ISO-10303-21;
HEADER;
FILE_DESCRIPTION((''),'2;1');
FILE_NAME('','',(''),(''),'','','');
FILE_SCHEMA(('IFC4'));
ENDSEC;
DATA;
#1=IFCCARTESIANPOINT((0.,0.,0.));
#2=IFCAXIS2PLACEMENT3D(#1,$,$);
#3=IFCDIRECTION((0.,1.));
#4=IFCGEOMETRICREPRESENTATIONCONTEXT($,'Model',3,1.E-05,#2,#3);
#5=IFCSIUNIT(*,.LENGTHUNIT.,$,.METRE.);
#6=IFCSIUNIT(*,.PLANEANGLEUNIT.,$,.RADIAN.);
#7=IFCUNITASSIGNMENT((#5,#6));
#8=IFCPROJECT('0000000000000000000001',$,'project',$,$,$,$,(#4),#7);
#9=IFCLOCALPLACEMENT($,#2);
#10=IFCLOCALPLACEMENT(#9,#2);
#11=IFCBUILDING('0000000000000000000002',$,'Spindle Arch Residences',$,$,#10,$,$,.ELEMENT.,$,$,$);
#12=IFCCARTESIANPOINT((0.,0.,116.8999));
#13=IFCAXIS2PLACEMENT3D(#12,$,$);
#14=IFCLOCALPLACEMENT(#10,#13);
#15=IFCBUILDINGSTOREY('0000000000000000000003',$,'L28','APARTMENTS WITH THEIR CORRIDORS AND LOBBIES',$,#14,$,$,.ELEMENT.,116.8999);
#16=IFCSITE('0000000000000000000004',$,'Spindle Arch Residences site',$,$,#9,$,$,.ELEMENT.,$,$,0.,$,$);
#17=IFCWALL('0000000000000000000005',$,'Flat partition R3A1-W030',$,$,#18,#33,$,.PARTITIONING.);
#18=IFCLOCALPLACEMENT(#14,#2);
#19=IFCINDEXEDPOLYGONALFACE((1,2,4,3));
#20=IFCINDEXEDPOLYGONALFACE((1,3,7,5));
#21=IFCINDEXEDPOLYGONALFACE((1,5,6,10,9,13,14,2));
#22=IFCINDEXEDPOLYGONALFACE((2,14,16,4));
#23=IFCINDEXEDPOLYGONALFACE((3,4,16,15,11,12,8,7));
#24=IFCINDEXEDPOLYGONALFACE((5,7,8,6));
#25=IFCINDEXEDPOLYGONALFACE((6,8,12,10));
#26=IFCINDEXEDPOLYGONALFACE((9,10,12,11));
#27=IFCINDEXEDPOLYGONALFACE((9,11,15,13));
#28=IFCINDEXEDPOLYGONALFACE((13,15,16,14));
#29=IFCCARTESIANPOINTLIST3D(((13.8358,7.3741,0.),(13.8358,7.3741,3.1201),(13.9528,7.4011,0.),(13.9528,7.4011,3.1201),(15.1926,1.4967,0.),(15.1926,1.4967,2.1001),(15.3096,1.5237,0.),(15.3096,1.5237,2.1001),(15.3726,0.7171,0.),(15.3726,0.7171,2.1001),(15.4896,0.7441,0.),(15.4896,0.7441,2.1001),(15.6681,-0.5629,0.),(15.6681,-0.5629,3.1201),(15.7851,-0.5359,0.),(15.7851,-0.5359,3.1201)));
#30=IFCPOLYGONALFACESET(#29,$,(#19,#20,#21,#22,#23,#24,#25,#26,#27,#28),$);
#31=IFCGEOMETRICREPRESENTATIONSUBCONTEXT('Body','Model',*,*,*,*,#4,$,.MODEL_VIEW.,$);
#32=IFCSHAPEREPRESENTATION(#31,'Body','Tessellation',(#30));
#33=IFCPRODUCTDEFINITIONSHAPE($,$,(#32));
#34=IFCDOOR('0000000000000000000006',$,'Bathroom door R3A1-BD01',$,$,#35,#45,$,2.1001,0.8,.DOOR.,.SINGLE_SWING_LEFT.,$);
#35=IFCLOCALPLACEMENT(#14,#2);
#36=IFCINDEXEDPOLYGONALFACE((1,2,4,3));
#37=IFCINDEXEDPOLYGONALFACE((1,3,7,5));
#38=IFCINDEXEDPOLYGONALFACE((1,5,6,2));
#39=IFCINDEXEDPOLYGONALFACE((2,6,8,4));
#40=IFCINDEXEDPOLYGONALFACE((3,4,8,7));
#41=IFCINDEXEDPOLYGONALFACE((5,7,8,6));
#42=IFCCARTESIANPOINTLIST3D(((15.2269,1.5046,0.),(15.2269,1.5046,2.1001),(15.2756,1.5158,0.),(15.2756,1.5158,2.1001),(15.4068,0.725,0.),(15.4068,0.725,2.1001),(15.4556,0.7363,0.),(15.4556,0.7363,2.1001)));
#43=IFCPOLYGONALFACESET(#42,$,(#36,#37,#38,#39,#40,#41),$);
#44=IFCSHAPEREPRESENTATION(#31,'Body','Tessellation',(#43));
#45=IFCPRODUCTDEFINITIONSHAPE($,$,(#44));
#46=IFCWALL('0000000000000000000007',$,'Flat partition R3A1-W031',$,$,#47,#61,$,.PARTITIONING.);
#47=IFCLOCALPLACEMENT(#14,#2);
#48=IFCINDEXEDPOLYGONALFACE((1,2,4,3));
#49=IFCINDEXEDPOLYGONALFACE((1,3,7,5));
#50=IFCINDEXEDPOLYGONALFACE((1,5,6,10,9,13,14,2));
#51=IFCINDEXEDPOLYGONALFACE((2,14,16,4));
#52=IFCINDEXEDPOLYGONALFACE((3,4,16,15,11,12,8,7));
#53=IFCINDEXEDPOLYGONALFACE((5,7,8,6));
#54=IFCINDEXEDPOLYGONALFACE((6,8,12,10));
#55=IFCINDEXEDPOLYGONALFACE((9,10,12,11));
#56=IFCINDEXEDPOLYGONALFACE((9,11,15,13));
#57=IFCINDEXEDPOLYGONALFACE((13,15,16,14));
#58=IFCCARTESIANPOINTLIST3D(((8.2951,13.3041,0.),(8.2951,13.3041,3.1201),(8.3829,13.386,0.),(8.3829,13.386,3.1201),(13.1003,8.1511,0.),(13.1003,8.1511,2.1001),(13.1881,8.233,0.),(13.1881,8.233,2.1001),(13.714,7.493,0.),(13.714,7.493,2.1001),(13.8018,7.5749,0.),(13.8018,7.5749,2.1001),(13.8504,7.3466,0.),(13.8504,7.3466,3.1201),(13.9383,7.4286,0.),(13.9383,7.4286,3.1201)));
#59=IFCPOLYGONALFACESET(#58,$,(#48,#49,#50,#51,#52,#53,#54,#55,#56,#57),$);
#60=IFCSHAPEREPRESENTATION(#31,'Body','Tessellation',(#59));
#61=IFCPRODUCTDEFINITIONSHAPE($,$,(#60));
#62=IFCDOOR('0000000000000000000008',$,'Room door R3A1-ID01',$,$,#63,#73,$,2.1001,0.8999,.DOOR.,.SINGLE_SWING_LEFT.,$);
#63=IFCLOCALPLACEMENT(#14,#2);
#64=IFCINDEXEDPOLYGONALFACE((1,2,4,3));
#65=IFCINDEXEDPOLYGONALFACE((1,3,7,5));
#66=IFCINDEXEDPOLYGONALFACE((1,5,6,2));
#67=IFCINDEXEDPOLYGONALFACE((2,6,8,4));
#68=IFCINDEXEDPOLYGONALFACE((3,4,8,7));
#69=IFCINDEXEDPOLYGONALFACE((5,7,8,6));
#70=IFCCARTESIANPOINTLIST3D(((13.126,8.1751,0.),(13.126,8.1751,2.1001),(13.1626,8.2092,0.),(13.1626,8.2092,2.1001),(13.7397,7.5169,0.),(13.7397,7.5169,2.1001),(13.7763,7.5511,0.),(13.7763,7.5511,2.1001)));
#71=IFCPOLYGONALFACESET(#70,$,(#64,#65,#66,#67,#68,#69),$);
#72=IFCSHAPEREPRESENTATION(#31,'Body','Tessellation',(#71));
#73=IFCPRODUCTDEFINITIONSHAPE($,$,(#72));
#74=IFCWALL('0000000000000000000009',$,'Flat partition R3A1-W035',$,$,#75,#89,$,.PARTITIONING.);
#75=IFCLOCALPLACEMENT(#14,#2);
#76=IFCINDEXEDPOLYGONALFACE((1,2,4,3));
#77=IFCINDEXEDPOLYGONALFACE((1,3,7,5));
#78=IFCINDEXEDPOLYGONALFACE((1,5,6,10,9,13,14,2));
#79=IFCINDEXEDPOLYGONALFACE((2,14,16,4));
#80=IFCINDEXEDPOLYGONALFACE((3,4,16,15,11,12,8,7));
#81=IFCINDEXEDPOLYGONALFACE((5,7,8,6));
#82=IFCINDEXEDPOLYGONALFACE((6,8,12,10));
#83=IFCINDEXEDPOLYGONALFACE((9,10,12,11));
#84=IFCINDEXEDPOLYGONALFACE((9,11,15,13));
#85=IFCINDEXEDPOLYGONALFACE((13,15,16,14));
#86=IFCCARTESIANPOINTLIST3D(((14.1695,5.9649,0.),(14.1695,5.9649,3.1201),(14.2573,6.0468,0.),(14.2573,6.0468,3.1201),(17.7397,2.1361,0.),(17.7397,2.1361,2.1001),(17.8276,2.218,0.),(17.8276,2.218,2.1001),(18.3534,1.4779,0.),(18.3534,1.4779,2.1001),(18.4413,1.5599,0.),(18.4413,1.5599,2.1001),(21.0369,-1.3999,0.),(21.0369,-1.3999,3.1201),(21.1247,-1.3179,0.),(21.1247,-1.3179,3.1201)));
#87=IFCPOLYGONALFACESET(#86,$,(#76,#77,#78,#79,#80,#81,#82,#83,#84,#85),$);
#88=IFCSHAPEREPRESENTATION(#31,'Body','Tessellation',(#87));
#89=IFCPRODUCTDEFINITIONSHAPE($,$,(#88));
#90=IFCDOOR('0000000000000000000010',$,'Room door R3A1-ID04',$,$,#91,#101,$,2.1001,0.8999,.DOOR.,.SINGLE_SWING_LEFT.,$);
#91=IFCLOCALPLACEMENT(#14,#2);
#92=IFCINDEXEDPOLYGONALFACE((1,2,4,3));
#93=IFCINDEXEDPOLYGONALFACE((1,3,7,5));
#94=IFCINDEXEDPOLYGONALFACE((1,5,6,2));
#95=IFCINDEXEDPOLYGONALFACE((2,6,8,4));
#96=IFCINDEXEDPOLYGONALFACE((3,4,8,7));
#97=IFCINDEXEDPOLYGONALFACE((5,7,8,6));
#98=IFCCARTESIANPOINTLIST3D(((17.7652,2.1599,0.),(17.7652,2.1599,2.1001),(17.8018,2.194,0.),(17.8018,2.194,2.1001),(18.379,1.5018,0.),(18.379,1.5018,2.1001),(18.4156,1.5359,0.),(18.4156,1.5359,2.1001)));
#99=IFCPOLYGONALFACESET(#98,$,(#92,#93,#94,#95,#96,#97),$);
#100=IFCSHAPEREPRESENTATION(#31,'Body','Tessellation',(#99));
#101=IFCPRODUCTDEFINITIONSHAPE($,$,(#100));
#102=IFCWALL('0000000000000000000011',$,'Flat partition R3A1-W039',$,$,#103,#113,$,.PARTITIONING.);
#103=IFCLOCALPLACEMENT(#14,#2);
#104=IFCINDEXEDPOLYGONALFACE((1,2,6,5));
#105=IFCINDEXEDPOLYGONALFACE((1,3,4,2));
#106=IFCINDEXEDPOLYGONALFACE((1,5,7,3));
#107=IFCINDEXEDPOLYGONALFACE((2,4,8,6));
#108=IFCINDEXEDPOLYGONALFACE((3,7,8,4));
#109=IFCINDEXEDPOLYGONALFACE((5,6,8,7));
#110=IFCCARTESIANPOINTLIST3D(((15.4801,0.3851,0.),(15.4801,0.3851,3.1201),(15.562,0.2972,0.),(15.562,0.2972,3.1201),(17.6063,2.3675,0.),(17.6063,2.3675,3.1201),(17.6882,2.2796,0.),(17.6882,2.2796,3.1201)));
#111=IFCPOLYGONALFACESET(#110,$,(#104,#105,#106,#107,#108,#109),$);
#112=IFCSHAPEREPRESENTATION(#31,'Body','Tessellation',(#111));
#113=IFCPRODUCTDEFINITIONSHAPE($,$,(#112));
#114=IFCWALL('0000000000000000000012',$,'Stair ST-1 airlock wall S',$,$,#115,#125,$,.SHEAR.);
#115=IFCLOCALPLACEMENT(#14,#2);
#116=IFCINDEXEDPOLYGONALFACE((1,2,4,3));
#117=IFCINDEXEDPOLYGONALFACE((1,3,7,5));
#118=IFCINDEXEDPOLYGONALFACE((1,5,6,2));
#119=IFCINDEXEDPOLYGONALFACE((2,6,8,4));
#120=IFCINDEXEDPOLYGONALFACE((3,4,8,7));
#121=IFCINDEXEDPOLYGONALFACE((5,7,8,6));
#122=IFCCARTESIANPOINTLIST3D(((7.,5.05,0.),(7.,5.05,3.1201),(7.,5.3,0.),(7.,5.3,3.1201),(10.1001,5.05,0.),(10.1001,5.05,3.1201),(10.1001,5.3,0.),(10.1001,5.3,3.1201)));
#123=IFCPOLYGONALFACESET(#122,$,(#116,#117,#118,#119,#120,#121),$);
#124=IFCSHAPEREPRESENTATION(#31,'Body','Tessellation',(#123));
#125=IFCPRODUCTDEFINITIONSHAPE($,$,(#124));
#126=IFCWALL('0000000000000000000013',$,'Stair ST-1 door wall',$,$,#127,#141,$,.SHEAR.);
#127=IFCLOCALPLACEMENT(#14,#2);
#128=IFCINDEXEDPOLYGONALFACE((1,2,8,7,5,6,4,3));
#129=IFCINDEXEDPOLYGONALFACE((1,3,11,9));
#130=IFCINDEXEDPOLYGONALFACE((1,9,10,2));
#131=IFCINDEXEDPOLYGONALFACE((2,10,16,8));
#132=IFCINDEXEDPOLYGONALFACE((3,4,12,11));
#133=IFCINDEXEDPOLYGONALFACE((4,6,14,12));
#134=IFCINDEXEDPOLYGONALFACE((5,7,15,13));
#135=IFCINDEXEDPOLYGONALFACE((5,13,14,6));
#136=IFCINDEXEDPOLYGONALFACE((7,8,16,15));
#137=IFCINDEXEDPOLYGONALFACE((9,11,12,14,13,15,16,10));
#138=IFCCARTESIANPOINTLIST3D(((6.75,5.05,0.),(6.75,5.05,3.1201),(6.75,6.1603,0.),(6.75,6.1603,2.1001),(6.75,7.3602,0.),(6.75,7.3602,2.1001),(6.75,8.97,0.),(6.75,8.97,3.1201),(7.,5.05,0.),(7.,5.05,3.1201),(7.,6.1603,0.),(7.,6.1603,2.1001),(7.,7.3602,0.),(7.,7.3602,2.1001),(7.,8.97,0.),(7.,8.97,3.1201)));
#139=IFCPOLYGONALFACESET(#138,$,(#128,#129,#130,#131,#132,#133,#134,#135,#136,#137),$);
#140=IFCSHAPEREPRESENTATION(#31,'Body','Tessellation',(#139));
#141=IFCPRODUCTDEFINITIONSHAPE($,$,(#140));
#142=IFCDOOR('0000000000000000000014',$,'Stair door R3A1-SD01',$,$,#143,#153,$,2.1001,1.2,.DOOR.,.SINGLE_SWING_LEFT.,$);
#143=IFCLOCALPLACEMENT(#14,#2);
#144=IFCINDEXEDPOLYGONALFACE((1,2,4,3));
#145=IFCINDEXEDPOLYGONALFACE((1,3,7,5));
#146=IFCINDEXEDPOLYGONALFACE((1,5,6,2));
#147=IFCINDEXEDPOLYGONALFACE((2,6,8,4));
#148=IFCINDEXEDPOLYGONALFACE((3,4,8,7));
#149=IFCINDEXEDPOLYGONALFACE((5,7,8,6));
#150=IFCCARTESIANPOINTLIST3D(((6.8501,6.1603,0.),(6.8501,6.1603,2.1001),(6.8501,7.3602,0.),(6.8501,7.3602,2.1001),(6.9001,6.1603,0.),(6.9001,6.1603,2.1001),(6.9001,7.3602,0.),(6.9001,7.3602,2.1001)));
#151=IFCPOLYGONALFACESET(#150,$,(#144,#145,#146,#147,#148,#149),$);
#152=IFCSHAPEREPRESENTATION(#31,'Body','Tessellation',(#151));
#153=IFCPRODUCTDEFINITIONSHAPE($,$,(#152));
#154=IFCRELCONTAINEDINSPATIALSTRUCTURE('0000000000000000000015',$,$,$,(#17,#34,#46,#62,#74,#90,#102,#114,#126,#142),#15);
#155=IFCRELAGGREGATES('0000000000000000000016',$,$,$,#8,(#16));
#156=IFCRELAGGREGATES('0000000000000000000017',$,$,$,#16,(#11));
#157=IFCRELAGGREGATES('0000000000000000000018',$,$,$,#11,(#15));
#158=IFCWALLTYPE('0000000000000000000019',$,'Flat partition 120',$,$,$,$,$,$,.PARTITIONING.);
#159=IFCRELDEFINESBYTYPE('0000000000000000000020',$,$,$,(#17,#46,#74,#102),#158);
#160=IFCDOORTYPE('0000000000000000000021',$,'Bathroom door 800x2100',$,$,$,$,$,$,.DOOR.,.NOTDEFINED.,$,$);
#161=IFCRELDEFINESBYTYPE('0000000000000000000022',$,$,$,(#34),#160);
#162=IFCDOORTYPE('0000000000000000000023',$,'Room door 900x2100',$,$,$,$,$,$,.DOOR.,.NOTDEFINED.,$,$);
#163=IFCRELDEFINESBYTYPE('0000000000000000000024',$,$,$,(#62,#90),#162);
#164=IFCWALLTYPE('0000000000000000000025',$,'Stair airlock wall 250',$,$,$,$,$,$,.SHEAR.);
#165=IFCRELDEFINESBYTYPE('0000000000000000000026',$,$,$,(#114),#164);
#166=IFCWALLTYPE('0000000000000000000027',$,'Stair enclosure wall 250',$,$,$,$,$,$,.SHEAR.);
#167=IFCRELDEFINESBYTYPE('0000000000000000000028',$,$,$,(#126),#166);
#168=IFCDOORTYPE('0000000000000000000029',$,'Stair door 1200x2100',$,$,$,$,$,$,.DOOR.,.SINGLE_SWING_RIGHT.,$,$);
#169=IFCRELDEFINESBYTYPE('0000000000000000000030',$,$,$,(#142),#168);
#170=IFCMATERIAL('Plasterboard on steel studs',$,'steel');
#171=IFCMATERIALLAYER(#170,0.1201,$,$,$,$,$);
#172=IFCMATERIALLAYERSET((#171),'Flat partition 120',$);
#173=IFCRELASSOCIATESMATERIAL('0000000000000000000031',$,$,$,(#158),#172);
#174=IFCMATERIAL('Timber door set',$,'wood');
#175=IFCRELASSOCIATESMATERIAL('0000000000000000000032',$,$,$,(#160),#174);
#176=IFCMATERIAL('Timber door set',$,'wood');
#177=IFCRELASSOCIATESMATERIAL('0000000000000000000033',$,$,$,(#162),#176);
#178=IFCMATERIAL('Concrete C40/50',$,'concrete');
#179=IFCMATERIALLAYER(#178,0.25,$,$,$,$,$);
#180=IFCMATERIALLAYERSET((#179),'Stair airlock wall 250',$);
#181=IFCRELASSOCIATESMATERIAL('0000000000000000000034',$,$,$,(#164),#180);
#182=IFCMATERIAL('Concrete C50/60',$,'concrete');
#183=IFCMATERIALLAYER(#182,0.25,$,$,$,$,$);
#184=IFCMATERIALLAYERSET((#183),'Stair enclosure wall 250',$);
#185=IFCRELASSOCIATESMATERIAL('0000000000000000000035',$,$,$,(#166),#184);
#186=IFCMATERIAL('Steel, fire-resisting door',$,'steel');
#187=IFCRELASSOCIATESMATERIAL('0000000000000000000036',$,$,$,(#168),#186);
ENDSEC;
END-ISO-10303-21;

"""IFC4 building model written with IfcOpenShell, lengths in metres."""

from ifc_helpers import new_model, si_unit, direction, frame, frame_2d, origin, place, context, subcontext, project, spatial, rectangle, extrude, material, layer, layer_set, type_object, element, fill, save


model = new_model("IFC4")

# Units and contexts
model_context = context("Model", 3, precision=1e-05, world=origin(), true_north=direction((0.0, 1.0)))
body_context = subcontext(model_context, "Body", "Model", "MODEL_VIEW")
ifc_project = project(units=[si_unit("LENGTHUNIT", "METRE"), si_unit("PLANEANGLEUNIT", "RADIAN")], contexts=[model_context])

# Site, building, storey
site_placement = place(None, origin())
site = spatial("IfcSite", under=ifc_project, at=site_placement, Name="Spindle Arch Residences site", CompositionType="ELEMENT", RefElevation=0.0)
building_placement = place(site_placement, origin())
building = spatial("IfcBuilding", under=site, at=building_placement, Name="Spindle Arch Residences", CompositionType="ELEMENT")
storey_placement = place(building_placement, frame((0.0, 0.0, 116.8999)))
storey = spatial("IfcBuildingStorey", under=building, at=storey_placement, Name="L28", Description="APARTMENTS WITH THEIR CORRIDORS AND LOBBIES", CompositionType="ELEMENT", Elevation=116.8999)

# Walls, openings, doors
ifc_material_1 = material(Name="Plasterboard on steel studs", Category="steel")
ifc_layer_1 = layer(ifc_material_1, 0.1201)
ifc_layer_set_1 = layer_set([ifc_layer_1], Name="Flat partition 120")
wall_type_1 = type_object("IfcWallType", Name="Flat partition 120", PredefinedType="PARTITIONING", material=ifc_layer_set_1)
wall_1_placement = place(storey_placement, frame((15.7266, -0.5493, 0.0), z_axis=(0.0, 0.0, 1.0), x_axis=(-0.224936, 0.974374, 0.0)))
wall_1 = element("IfcWall", 1, at=wall_1_placement, inside=storey, type_object=wall_type_1, Name="Flat partition R3A1-W030", PredefinedType="PARTITIONING", context=body_context, shape_type="SweptSolid", body=[
    extrude(rectangle(XDim=8.1458, YDim=0.1201, at=frame_2d((4.0728, 0.0))), origin(), (0.0, 0.0, 1.0), 3.1201),
])
opening_1_placement = place(wall_1_placement, frame((1.3137, 0.0, 0.0)))
opening_1 = element("IfcOpeningElement", 2, at=opening_1_placement, cuts=wall_1, PredefinedType="OPENING", context=body_context, shape_type="SweptSolid", body=[
    extrude(rectangle(XDim=0.8, YDim=2.1001, at=frame_2d((0.3999, 1.05))), frame((0.0, 0.0701, 0.0), z_axis=(0.0, -1.0, 0.0), x_axis=(1.0, 0.0, 0.0)), (0.0, 0.0, 1.0), 0.1401),
])
ifc_material_2 = material(Name="Timber door set", Category="wood")
door_type_1 = type_object("IfcDoorType", Name="Bathroom door 800x2100", OperationType="NOTDEFINED", PredefinedType="DOOR", material=ifc_material_2)
door_1_placement = place(opening_1_placement, origin())
door_1 = element("IfcDoor", 3, at=door_1_placement, inside=storey, type_object=door_type_1, Name="Bathroom door R3A1-BD01", OperationType="SINGLE_SWING_LEFT", OverallHeight=2.1001, OverallWidth=0.8, PredefinedType="DOOR", context=body_context, shape_type="SweptSolid", body=[
    extrude(rectangle(XDim=0.8, YDim=2.1001, at=frame_2d((0.3999, 1.05))), frame((0.0, 0.0249, 0.0), z_axis=(0.0, -1.0, 0.0), x_axis=(1.0, 0.0, 0.0)), (0.0, 0.0, 1.0), 0.05),
])
fill(opening_1, door_1)
wall_2_placement = place(storey_placement, frame((13.8943, 7.3877, 0.0), z_axis=(0.0, 0.0, 1.0), x_axis=(-0.681995, 0.731357, 0.0)))
wall_2 = element("IfcWall", 4, at=wall_2_placement, inside=storey, type_object=wall_type_1, Name="Flat partition R3A1-W031", PredefinedType="PARTITIONING", context=body_context, shape_type="SweptSolid", body=[
    extrude(rectangle(XDim=8.1458, YDim=0.1201, at=frame_2d((4.0728, 0.0))), origin(), (0.0, 0.0, 1.0), 3.1201),
])
opening_2_placement = place(wall_2_placement, frame((0.2, 0.0, 0.0)))
opening_2 = element("IfcOpeningElement", 5, at=opening_2_placement, cuts=wall_2, PredefinedType="OPENING", context=body_context, shape_type="SweptSolid", body=[
    extrude(rectangle(XDim=0.8999, YDim=2.1001, at=frame_2d((0.45, 1.05))), frame((0.0, 0.0701, 0.0), z_axis=(0.0, -1.0, 0.0), x_axis=(1.0, 0.0, 0.0)), (0.0, 0.0, 1.0), 0.1401),
])
ifc_material_3 = material(Name="Timber door set", Category="wood")
door_type_2 = type_object("IfcDoorType", Name="Room door 900x2100", OperationType="NOTDEFINED", PredefinedType="DOOR", material=ifc_material_3)
door_2_placement = place(opening_2_placement, origin())
door_2 = element("IfcDoor", 6, at=door_2_placement, inside=storey, type_object=door_type_2, Name="Room door R3A1-ID01", OperationType="SINGLE_SWING_LEFT", OverallHeight=2.1001, OverallWidth=0.8999, PredefinedType="DOOR", context=body_context, shape_type="SweptSolid", body=[
    extrude(rectangle(XDim=0.8999, YDim=2.1001, at=frame_2d((0.45, 1.05))), frame((0.0, 0.0249, 0.0), z_axis=(0.0, -1.0, 0.0), x_axis=(1.0, 0.0, 0.0)), (0.0, 0.0, 1.0), 0.05),
])
fill(opening_2, door_2)
wall_3_placement = place(storey_placement, frame((14.2134, 6.0059, 0.0), z_axis=(0.0, 0.0, 1.0), x_axis=(0.681982, -0.731369, 0.0)))
wall_3 = element("IfcWall", 7, at=wall_3_placement, inside=storey, type_object=wall_type_1, Name="Flat partition R3A1-W035", PredefinedType="PARTITIONING", context=body_context, shape_type="SweptSolid", body=[
    extrude(rectangle(XDim=10.0698, YDim=0.1201, at=frame_2d((5.0349, 0.0))), origin(), (0.0, 0.0, 1.0), 3.1201),
])
opening_3_placement = place(wall_3_placement, frame((5.2351, 0.0, 0.0)))
opening_3 = element("IfcOpeningElement", 8, at=opening_3_placement, cuts=wall_3, PredefinedType="OPENING", context=body_context, shape_type="SweptSolid", body=[
    extrude(rectangle(XDim=0.8999, YDim=2.1001, at=frame_2d((0.45, 1.05))), frame((0.0, 0.0701, 0.0), z_axis=(0.0, -1.0, 0.0), x_axis=(1.0, 0.0, 0.0)), (0.0, 0.0, 1.0), 0.1401),
])
door_3_placement = place(opening_3_placement, origin())
door_3 = element("IfcDoor", 9, at=door_3_placement, inside=storey, type_object=door_type_2, Name="Room door R3A1-ID04", OperationType="SINGLE_SWING_LEFT", OverallHeight=2.1001, OverallWidth=0.8999, PredefinedType="DOOR", context=body_context, shape_type="SweptSolid", body=[
    extrude(rectangle(XDim=0.8999, YDim=2.1001, at=frame_2d((0.45, 1.05))), frame((0.0, 0.0249, 0.0), z_axis=(0.0, -1.0, 0.0), x_axis=(1.0, 0.0, 0.0)), (0.0, 0.0, 1.0), 0.05),
])
fill(opening_3, door_3)

# Wall
wall_4_placement = place(storey_placement, frame((15.521, 0.3411, 0.0), z_axis=(0.0, 0.0, 1.0), x_axis=(0.731407, 0.681941, 0.0)))
element("IfcWall", 10, at=wall_4_placement, inside=storey, type_object=wall_type_1, Name="Flat partition R3A1-W039", PredefinedType="PARTITIONING", context=body_context, shape_type="SweptSolid", body=[
    extrude(rectangle(XDim=2.907, YDim=0.1201, at=frame_2d((1.4536, 0.0))), origin(), (0.0, 0.0, 1.0), 3.1201),
])

# Wall
ifc_material_4 = material(Name="Concrete C40/50", Category="concrete")
ifc_layer_2 = layer(ifc_material_4, 0.25)
ifc_layer_set_2 = layer_set([ifc_layer_2], Name="Stair airlock wall 250")
wall_type_2 = type_object("IfcWallType", Name="Stair airlock wall 250", PredefinedType="SHEAR", material=ifc_layer_set_2)
wall_5_placement = place(storey_placement, frame((7.0, 5.175, 0.0), z_axis=(0.0, 0.0, 1.0), x_axis=(1.0, 0.0, 0.0)))
element("IfcWall", 11, at=wall_5_placement, inside=storey, type_object=wall_type_2, Name="Stair ST-1 airlock wall S", PredefinedType="SHEAR", context=body_context, shape_type="SweptSolid", body=[
    extrude(rectangle(XDim=3.1001, YDim=0.25, at=frame_2d((1.55, 0.0))), origin(), (0.0, 0.0, 1.0), 3.1201),
])

# Wall, opening, door
ifc_material_5 = material(Name="Concrete C50/60", Category="concrete")
ifc_layer_3 = layer(ifc_material_5, 0.25)
ifc_layer_set_3 = layer_set([ifc_layer_3], Name="Stair enclosure wall 250")
wall_type_3 = type_object("IfcWallType", Name="Stair enclosure wall 250", PredefinedType="SHEAR", material=ifc_layer_set_3)
wall_6_placement = place(storey_placement, frame((6.875, 5.05, 0.0), z_axis=(0.0, 0.0, 1.0), x_axis=(0.0, 1.0, 0.0)))
wall_6 = element("IfcWall", 12, at=wall_6_placement, inside=storey, type_object=wall_type_3, Name="Stair ST-1 door wall", PredefinedType="SHEAR", context=body_context, shape_type="SweptSolid", body=[
    extrude(rectangle(XDim=3.9199, YDim=0.25, at=frame_2d((1.96, 0.0))), origin(), (0.0, 0.0, 1.0), 3.1201),
])
opening_4_placement = place(wall_6_placement, frame((1.1101, 0.0, 0.0)))
opening_4 = element("IfcOpeningElement", 13, at=opening_4_placement, cuts=wall_6, PredefinedType="OPENING", context=body_context, shape_type="SweptSolid", body=[
    extrude(rectangle(XDim=1.2, YDim=2.1001, at=frame_2d((0.6001, 1.05))), frame((0.0, 0.135, 0.0), z_axis=(0.0, -1.0, 0.0), x_axis=(1.0, 0.0, 0.0)), (0.0, 0.0, 1.0), 0.27),
])
ifc_material_6 = material(Name="Steel, fire-resisting door", Category="steel")
door_type_3 = type_object("IfcDoorType", Name="Stair door 1200x2100", OperationType="SINGLE_SWING_RIGHT", PredefinedType="DOOR", material=ifc_material_6)
door_4_placement = place(opening_4_placement, origin())
door_4 = element("IfcDoor", 14, at=door_4_placement, inside=storey, type_object=door_type_3, Name="Stair door R3A1-SD01", OperationType="SINGLE_SWING_LEFT", OverallHeight=2.1001, OverallWidth=1.2, PredefinedType="DOOR", context=body_context, shape_type="SweptSolid", body=[
    extrude(rectangle(XDim=1.2, YDim=2.1001, at=frame_2d((0.6001, 1.05))), frame((0.0, 0.0249, 0.0), z_axis=(0.0, -1.0, 0.0), x_axis=(1.0, 0.0, 0.0)), (0.0, 0.0, 1.0), 0.05),
])
fill(opening_4, door_4)

save(model, "model.ifc")
